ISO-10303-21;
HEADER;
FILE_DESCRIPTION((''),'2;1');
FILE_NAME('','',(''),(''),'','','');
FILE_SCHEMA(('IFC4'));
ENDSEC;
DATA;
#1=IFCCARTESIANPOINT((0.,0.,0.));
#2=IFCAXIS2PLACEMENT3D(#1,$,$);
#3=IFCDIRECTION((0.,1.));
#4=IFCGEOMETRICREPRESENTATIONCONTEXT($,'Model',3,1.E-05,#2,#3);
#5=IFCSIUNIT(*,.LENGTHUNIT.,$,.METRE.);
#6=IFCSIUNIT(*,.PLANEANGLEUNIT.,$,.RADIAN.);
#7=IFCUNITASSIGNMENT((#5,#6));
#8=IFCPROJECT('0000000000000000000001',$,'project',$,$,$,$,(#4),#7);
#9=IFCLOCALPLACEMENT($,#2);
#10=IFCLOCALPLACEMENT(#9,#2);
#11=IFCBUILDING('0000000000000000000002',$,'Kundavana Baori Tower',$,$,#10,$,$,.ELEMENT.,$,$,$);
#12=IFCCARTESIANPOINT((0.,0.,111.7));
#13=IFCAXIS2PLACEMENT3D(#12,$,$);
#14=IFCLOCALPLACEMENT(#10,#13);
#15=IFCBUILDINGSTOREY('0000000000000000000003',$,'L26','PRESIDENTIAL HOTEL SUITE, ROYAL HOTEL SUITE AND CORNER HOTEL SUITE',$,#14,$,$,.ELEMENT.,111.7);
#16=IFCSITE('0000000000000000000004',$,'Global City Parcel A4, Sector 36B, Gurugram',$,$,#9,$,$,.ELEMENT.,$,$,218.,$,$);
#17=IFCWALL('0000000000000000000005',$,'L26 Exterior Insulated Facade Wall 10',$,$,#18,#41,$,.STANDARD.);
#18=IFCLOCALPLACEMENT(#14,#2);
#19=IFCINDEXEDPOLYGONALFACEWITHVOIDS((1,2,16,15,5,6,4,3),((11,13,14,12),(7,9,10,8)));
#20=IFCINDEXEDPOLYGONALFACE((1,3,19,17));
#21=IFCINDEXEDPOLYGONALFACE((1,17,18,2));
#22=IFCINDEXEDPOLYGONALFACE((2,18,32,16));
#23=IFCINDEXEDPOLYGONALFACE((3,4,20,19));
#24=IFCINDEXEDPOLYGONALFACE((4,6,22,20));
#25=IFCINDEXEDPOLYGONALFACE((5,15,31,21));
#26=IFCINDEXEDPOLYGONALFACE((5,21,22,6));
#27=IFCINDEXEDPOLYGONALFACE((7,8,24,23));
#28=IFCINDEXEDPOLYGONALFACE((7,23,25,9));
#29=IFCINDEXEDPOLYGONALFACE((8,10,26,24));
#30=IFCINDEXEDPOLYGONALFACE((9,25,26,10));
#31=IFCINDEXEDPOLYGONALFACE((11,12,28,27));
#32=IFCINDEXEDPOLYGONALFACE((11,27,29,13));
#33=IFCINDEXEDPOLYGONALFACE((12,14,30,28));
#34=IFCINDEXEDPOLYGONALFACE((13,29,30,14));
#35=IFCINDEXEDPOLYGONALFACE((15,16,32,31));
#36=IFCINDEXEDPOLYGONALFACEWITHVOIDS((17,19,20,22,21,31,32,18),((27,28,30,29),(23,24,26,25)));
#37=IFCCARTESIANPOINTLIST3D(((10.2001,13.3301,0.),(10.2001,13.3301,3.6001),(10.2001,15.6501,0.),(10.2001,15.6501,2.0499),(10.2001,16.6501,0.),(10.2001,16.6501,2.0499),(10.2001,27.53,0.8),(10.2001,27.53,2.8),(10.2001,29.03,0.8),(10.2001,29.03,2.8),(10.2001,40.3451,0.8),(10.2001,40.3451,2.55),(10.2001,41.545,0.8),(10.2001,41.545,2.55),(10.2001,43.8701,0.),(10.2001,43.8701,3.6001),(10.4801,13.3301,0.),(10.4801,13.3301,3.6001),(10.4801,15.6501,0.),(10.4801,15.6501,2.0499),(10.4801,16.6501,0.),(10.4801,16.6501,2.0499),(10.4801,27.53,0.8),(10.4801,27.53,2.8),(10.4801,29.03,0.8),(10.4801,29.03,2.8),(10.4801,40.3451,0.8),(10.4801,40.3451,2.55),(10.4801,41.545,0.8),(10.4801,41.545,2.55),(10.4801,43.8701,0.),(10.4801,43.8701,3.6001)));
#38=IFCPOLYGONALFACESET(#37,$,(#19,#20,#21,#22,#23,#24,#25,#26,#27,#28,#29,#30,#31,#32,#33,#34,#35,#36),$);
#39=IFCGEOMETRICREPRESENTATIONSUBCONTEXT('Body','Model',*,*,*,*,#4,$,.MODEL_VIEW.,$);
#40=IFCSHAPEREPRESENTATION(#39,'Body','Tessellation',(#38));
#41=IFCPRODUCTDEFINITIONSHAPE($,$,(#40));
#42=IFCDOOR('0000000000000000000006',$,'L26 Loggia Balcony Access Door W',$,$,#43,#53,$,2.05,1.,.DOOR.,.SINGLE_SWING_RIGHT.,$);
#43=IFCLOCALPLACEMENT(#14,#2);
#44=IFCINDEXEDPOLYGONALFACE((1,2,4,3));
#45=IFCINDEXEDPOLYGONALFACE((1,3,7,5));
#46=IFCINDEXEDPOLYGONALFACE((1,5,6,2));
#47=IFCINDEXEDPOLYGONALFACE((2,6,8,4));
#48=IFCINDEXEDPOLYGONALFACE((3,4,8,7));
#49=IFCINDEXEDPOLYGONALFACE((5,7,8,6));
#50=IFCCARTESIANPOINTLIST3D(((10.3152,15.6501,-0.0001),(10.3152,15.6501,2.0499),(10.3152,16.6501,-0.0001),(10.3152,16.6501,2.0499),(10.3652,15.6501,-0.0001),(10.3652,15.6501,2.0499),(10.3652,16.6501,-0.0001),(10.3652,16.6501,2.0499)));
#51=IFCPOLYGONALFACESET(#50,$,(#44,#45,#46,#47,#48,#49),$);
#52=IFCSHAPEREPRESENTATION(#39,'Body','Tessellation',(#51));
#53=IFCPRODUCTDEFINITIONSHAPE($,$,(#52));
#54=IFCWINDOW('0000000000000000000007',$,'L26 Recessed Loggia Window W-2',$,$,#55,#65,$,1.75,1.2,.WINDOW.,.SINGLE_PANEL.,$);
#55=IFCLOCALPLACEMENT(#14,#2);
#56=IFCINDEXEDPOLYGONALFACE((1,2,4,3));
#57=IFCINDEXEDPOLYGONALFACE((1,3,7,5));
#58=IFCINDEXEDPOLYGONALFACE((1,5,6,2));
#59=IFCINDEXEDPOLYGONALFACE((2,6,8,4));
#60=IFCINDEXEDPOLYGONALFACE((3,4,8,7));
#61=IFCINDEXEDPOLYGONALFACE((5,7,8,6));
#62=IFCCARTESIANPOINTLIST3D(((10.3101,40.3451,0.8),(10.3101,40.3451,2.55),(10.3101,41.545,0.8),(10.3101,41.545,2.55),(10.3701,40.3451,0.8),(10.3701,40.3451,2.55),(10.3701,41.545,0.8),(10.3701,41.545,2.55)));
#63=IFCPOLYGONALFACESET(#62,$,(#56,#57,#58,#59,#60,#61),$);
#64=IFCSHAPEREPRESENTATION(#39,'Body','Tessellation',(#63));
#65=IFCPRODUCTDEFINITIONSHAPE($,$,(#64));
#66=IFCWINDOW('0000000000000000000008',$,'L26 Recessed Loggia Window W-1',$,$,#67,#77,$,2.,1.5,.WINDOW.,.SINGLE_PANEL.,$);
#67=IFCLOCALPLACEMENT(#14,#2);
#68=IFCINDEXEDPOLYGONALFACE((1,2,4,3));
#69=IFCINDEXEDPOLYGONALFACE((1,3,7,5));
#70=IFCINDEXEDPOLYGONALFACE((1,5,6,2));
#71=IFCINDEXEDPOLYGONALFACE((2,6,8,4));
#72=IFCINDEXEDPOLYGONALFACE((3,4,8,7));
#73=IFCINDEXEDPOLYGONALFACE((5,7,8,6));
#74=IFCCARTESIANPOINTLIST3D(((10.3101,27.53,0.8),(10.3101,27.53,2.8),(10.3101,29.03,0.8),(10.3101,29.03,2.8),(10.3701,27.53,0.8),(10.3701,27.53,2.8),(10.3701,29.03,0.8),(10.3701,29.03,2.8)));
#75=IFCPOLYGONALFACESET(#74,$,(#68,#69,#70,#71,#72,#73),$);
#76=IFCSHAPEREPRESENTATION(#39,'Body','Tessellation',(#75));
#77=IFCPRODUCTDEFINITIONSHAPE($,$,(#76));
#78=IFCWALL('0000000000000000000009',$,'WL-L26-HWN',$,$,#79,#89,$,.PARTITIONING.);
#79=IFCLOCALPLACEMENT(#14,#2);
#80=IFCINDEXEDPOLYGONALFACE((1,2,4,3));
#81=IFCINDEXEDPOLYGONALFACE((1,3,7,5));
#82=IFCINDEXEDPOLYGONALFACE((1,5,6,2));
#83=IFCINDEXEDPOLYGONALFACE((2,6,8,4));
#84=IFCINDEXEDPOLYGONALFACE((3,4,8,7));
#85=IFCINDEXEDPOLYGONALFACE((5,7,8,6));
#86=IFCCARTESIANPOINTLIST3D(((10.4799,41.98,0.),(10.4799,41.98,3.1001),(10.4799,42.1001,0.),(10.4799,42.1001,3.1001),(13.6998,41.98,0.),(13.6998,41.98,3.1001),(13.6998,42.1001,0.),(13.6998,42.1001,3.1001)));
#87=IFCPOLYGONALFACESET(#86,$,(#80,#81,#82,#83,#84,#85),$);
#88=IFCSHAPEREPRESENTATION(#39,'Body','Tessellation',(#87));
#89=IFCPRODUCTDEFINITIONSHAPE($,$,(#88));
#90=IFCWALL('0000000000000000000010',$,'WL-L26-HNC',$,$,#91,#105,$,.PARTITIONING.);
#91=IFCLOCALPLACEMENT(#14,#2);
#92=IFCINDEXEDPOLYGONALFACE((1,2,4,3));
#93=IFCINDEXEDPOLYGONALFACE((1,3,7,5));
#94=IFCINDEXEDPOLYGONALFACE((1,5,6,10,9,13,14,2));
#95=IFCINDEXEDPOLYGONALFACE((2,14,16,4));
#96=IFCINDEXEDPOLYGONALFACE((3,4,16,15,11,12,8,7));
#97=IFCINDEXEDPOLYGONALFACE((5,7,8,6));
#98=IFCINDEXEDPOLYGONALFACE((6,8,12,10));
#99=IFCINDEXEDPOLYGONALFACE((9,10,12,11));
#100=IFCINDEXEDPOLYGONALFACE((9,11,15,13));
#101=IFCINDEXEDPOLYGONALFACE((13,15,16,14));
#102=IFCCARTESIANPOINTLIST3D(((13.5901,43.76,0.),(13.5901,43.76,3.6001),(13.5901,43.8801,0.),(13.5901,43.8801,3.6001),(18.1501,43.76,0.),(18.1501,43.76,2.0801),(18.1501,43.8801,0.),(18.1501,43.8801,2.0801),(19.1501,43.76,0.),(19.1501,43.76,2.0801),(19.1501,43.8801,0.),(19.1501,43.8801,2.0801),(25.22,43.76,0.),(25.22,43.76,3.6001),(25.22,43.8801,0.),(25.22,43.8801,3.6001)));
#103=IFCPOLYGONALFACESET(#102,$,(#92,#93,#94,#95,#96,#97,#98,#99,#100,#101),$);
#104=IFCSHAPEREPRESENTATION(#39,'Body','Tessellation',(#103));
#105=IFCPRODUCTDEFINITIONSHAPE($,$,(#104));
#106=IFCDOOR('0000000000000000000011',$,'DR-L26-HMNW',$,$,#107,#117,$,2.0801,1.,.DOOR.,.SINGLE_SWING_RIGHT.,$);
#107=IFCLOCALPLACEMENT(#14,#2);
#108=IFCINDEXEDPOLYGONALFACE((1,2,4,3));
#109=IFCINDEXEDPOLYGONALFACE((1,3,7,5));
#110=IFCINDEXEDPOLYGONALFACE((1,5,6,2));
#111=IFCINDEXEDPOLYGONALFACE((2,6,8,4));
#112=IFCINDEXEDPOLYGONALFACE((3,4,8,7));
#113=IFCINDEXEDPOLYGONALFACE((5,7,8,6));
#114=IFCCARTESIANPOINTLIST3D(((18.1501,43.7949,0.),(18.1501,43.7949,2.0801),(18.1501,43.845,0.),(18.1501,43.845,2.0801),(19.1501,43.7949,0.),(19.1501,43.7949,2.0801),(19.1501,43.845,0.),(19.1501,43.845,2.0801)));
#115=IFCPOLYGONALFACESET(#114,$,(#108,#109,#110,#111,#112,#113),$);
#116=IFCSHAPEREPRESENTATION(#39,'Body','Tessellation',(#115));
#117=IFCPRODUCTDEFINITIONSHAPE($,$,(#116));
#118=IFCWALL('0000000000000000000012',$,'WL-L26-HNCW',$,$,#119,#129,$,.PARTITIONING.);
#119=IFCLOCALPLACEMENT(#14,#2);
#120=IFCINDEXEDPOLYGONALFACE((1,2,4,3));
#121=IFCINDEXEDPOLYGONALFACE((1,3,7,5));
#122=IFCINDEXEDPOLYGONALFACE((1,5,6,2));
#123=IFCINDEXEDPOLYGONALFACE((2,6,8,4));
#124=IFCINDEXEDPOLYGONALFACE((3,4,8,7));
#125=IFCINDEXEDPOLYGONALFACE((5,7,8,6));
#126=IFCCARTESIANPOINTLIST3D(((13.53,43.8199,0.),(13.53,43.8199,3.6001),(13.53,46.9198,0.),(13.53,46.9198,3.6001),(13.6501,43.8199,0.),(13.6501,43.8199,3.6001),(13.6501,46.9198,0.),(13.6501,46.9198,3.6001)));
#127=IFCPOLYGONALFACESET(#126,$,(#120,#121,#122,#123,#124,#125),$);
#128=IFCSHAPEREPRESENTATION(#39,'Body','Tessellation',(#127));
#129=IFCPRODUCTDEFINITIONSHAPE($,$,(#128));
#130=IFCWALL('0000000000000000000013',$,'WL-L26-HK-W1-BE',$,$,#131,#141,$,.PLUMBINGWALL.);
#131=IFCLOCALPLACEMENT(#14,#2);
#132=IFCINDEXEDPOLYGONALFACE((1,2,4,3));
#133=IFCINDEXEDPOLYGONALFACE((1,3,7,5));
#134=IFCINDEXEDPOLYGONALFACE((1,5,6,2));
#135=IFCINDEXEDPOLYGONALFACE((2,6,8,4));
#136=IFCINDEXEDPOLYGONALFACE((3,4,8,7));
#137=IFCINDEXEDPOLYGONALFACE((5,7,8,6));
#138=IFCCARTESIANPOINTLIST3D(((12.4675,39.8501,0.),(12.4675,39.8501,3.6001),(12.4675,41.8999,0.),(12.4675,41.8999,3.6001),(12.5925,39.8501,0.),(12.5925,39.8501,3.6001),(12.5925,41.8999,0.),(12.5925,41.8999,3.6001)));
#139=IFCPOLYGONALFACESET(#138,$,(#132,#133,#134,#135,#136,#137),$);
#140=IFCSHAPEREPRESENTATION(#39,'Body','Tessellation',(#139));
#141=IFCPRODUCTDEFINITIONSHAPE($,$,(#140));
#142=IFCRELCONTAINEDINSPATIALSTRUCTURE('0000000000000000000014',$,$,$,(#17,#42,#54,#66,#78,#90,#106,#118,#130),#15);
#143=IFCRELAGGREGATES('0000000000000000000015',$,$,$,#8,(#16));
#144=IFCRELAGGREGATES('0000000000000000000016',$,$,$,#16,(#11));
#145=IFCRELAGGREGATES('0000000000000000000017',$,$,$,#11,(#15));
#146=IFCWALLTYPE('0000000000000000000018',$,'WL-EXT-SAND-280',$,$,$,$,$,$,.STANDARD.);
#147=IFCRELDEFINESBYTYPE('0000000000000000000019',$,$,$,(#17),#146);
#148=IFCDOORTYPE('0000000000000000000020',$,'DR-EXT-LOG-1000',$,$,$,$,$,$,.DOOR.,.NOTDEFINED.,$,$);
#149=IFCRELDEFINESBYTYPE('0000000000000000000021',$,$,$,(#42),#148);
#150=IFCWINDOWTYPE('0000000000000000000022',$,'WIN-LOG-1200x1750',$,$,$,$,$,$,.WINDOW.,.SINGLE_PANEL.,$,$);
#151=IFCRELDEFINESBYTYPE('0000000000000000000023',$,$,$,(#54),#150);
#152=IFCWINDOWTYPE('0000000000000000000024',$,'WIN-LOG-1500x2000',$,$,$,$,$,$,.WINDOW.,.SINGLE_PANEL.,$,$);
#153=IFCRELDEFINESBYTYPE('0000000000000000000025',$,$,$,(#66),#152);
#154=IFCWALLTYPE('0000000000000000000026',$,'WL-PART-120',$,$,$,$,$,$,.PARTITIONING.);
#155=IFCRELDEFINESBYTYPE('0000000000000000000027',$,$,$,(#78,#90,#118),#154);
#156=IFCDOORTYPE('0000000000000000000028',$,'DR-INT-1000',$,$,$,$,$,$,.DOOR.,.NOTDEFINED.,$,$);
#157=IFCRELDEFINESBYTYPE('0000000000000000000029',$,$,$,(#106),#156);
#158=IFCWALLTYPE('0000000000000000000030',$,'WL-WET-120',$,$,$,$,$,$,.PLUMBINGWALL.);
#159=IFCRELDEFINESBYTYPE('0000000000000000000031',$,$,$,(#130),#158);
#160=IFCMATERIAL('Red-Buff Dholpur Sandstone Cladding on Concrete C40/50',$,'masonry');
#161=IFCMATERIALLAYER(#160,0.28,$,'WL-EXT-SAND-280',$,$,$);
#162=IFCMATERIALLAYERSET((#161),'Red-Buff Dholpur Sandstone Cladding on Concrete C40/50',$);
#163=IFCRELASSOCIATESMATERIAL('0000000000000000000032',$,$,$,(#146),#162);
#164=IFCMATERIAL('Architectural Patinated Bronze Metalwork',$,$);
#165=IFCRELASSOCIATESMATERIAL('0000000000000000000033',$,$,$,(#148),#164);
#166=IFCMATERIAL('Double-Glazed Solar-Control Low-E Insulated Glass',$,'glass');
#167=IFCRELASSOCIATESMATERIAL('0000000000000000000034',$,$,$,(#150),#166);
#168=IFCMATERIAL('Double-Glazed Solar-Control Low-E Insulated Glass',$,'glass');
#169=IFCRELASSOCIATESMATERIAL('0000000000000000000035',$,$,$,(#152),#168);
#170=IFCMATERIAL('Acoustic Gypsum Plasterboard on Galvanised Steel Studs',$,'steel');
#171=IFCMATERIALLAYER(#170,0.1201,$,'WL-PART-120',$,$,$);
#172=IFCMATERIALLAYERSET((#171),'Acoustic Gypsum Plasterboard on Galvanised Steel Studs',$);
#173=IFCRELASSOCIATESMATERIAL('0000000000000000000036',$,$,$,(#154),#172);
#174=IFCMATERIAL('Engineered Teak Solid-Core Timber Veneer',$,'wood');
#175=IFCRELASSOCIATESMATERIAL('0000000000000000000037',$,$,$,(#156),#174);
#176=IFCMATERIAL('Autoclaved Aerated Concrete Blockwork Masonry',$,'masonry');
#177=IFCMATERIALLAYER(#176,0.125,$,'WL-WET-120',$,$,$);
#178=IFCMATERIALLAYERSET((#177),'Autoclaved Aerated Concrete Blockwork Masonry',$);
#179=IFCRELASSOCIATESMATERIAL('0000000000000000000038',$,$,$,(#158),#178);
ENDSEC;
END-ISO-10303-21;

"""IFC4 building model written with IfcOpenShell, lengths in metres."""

from ifc_helpers import new_model, si_unit, direction, frame, frame_2d, origin, place, context, subcontext, project, spatial, rectangle, extrude, material, layer, layer_set, type_object, element, fill, save


model = new_model("IFC4")

# Units and contexts
model_context = context("Model", 3, precision=1e-05, world=origin(), true_north=direction((0.0, 1.0)))
body_context = subcontext(model_context, "Body", "Model", "MODEL_VIEW")
ifc_project = project(units=[si_unit("LENGTHUNIT", "METRE"), si_unit("PLANEANGLEUNIT", "RADIAN")], contexts=[model_context])

# Site, building, storey
site_placement = place(None, origin())
site = spatial("IfcSite", under=ifc_project, at=site_placement, Name="Global City Parcel A4, Sector 36B, Gurugram", CompositionType="ELEMENT", RefElevation=218.0)
building_placement = place(site_placement, origin())
building = spatial("IfcBuilding", under=site, at=building_placement, Name="Kundavana Baori Tower", CompositionType="ELEMENT")
storey_placement = place(building_placement, frame((0.0, 0.0, 111.7)))
storey = spatial("IfcBuildingStorey", under=building, at=storey_placement, Name="L26", Description="PRESIDENTIAL HOTEL SUITE, ROYAL HOTEL SUITE AND CORNER HOTEL SUITE", CompositionType="ELEMENT", Elevation=111.7)

# Shared definitions
ifc_material_1 = material(Name="Red-Buff Dholpur Sandstone Cladding on Concrete C40/50", Category="masonry")
ifc_layer_1 = layer(ifc_material_1, 0.28, Name="WL-EXT-SAND-280")
ifc_layer_set_1 = layer_set([ifc_layer_1], Name="Red-Buff Dholpur Sandstone Cladding on Concrete C40/50")
wall_type_1 = type_object("IfcWallType", Name="WL-EXT-SAND-280", PredefinedType="STANDARD", material=ifc_layer_set_1)

# Wall, openings, door, windows
wall_1_placement = place(storey_placement, frame((10.3401, 43.8701, 0.0), z_axis=(0.0, 0.0, 1.0), x_axis=(0.0, -1.0, 0.0)))
wall_1 = element("IfcWall", 1, at=wall_1_placement, inside=storey, type_object=wall_type_1, Name="L26 Exterior Insulated Facade Wall 10", PredefinedType="STANDARD", context=body_context, shape_type="SweptSolid", body=[
    extrude(rectangle(XDim=30.54, YDim=0.28, at=frame_2d((15.27, 0.0))), origin(), (0.0, 0.0, 1.0), 3.6001),
])
opening_1_placement = place(wall_1_placement, frame((27.22, 0.0, 0.0)))
opening_1 = element("IfcOpeningElement", 2, at=opening_1_placement, cuts=wall_1, PredefinedType="OPENING", context=body_context, shape_type="SweptSolid", body=[
    extrude(rectangle(XDim=1.0, YDim=2.05, at=frame_2d((0.5, 1.0249))), frame((0.0, 0.1499, 0.0), z_axis=(0.0, -1.0, 0.0), x_axis=(1.0, 0.0, 0.0)), (0.0, 0.0, 1.0), 0.3),
])
opening_2_placement = place(wall_1_placement, frame((14.8401, 0.0, 0.8)))
opening_2 = element("IfcOpeningElement", 3, at=opening_2_placement, cuts=wall_1, PredefinedType="OPENING", context=body_context, shape_type="SweptSolid", body=[
    extrude(rectangle(XDim=1.5, YDim=2.0, at=frame_2d((0.75, 1.0))), frame((0.0, 0.1499, 0.0), z_axis=(0.0, -1.0, 0.0), x_axis=(1.0, 0.0, 0.0)), (0.0, 0.0, 1.0), 0.3),
])
opening_3_placement = place(wall_1_placement, frame((2.325, 0.0, 0.8)))
opening_3 = element("IfcOpeningElement", 4, at=opening_3_placement, cuts=wall_1, PredefinedType="OPENING", context=body_context, shape_type="SweptSolid", body=[
    extrude(rectangle(XDim=1.2, YDim=1.75, at=frame_2d((0.6001, 0.875))), frame((0.0, 0.1499, 0.0), z_axis=(0.0, -1.0, 0.0), x_axis=(1.0, 0.0, 0.0)), (0.0, 0.0, 1.0), 0.3),
])
ifc_material_2 = material(Name="Architectural Patinated Bronze Metalwork")
door_type_1 = type_object("IfcDoorType", Name="DR-EXT-LOG-1000", OperationType="NOTDEFINED", PredefinedType="DOOR", material=ifc_material_2)
door_1_placement = place(opening_1_placement, frame((1.0, 0.0, 0.0), z_axis=(0.0, 0.0, 1.0), x_axis=(-1.0, 0.0, 0.0)))
door_1 = element("IfcDoor", 5, at=door_1_placement, inside=storey, type_object=door_type_1, Name="L26 Loggia Balcony Access Door W", OperationType="SINGLE_SWING_RIGHT", OverallHeight=2.05, OverallWidth=1.0, PredefinedType="DOOR", context=body_context, shape_type="SweptSolid", body=[
    extrude(rectangle(XDim=1.0, YDim=2.05, at=frame_2d((0.5, 1.0249))), frame((0.0, 0.0249, 0.0), z_axis=(0.0, -1.0, 0.0), x_axis=(1.0, 0.0, 0.0)), (0.0, 0.0, 1.0), 0.05),
])
fill(opening_1, door_1)
ifc_material_3 = material(Name="Double-Glazed Solar-Control Low-E Insulated Glass", Category="glass")
window_type_1 = type_object("IfcWindowType", Name="WIN-LOG-1200x1750", PartitioningType="SINGLE_PANEL", PredefinedType="WINDOW", material=ifc_material_3)
window_1_placement = place(opening_3_placement, origin())
window_1 = element("IfcWindow", 6, at=window_1_placement, inside=storey, type_object=window_type_1, Name="L26 Recessed Loggia Window W-2", OverallHeight=1.75, OverallWidth=1.2, PartitioningType="SINGLE_PANEL", PredefinedType="WINDOW", context=body_context, shape_type="SweptSolid", body=[
    extrude(rectangle(XDim=1.2, YDim=1.75, at=frame_2d((0.6001, 0.875))), frame((0.0, 0.03, 0.0), z_axis=(0.0, -1.0, 0.0), x_axis=(1.0, 0.0, 0.0)), (0.0, 0.0, 1.0), 0.0601),
])
fill(opening_3, window_1)
ifc_material_4 = material(Name="Double-Glazed Solar-Control Low-E Insulated Glass", Category="glass")
window_type_2 = type_object("IfcWindowType", Name="WIN-LOG-1500x2000", PartitioningType="SINGLE_PANEL", PredefinedType="WINDOW", material=ifc_material_4)
window_2_placement = place(opening_2_placement, origin())
window_2 = element("IfcWindow", 7, at=window_2_placement, inside=storey, type_object=window_type_2, Name="L26 Recessed Loggia Window W-1", OverallHeight=2.0, OverallWidth=1.5, PartitioningType="SINGLE_PANEL", PredefinedType="WINDOW", context=body_context, shape_type="SweptSolid", body=[
    extrude(rectangle(XDim=1.5, YDim=2.0, at=frame_2d((0.75, 1.0))), frame((0.0, 0.03, 0.0), z_axis=(0.0, -1.0, 0.0), x_axis=(1.0, 0.0, 0.0)), (0.0, 0.0, 1.0), 0.0601),
])
fill(opening_2, window_2)

# Wall
ifc_material_5 = material(Name="Acoustic Gypsum Plasterboard on Galvanised Steel Studs", Category="steel")
ifc_layer_2 = layer(ifc_material_5, 0.1201, Name="WL-PART-120")
ifc_layer_set_2 = layer_set([ifc_layer_2], Name="Acoustic Gypsum Plasterboard on Galvanised Steel Studs")
wall_type_2 = type_object("IfcWallType", Name="WL-PART-120", PredefinedType="PARTITIONING", material=ifc_layer_set_2)
wall_2_placement = place(storey_placement, frame((10.48, 42.04, 0.0), z_axis=(0.0, 0.0, 1.0), x_axis=(1.0, 0.0, 0.0)))
element("IfcWall", 8, at=wall_2_placement, inside=storey, type_object=wall_type_2, Name="WL-L26-HWN", PredefinedType="PARTITIONING", context=body_context, shape_type="SweptSolid", body=[
    extrude(rectangle(XDim=3.22, YDim=0.1201, at=frame_2d((1.6099, 0.0))), origin(), (0.0, 0.0, 1.0), 3.1001),
])

# Wall, opening, door
wall_3_placement = place(storey_placement, frame((13.5901, 43.8201, 0.0), z_axis=(0.0, 0.0, 1.0), x_axis=(1.0, 0.0, 0.0)))
wall_3 = element("IfcWall", 9, at=wall_3_placement, inside=storey, type_object=wall_type_2, Name="WL-L26-HNC", PredefinedType="PARTITIONING", context=body_context, shape_type="SweptSolid", body=[
    extrude(rectangle(XDim=11.6299, YDim=0.1201, at=frame_2d((5.8149, 0.0))), origin(), (0.0, 0.0, 1.0), 3.6001),
])
opening_4_placement = place(wall_3_placement, frame((4.5601, 0.0, 0.0)))
opening_4 = element("IfcOpeningElement", 10, at=opening_4_placement, cuts=wall_3, PredefinedType="OPENING", context=body_context, shape_type="SweptSolid", body=[
    extrude(rectangle(XDim=1.0, YDim=2.0801, at=frame_2d((0.5, 1.04))), frame((0.0, 0.0701, 0.0), z_axis=(0.0, -1.0, 0.0), x_axis=(1.0, 0.0, 0.0)), (0.0, 0.0, 1.0), 0.1401),
])
ifc_material_6 = material(Name="Engineered Teak Solid-Core Timber Veneer", Category="wood")
door_type_2 = type_object("IfcDoorType", Name="DR-INT-1000", OperationType="NOTDEFINED", PredefinedType="DOOR", material=ifc_material_6)
door_2_placement = place(opening_4_placement, origin())
door_2 = element("IfcDoor", 11, at=door_2_placement, inside=storey, type_object=door_type_2, Name="DR-L26-HMNW", OperationType="SINGLE_SWING_RIGHT", OverallHeight=2.0801, OverallWidth=1.0, PredefinedType="DOOR", context=body_context, shape_type="SweptSolid", body=[
    extrude(rectangle(XDim=1.0, YDim=2.0801, at=frame_2d((0.5, 1.04))), frame((0.0, 0.0249, 0.0), z_axis=(0.0, -1.0, 0.0), x_axis=(1.0, 0.0, 0.0)), (0.0, 0.0, 1.0), 0.05),
])
fill(opening_4, door_2)

# Walls
wall_4_placement = place(storey_placement, frame((13.5901, 43.8201, 0.0), z_axis=(0.0, 0.0, 1.0), x_axis=(0.0, 1.0, 0.0)))
element("IfcWall", 12, at=wall_4_placement, inside=storey, type_object=wall_type_2, Name="WL-L26-HNCW", PredefinedType="PARTITIONING", context=body_context, shape_type="SweptSolid", body=[
    extrude(rectangle(XDim=3.0999, YDim=0.1201, at=frame_2d((1.5498, 0.0))), origin(), (0.0, 0.0, 1.0), 3.6001),
])
ifc_material_7 = material(Name="Autoclaved Aerated Concrete Blockwork Masonry", Category="masonry")
ifc_layer_3 = layer(ifc_material_7, 0.125, Name="WL-WET-120")
ifc_layer_set_3 = layer_set([ifc_layer_3], Name="Autoclaved Aerated Concrete Blockwork Masonry")
wall_type_3 = type_object("IfcWallType", Name="WL-WET-120", PredefinedType="PLUMBINGWALL", material=ifc_layer_set_3)
wall_5_placement = place(storey_placement, frame((12.53, 39.8501, 0.0), z_axis=(0.0, 0.0, 1.0), x_axis=(0.0, 1.0, 0.0)))
element("IfcWall", 13, at=wall_5_placement, inside=storey, type_object=wall_type_3, Name="WL-L26-HK-W1-BE", PredefinedType="PLUMBINGWALL", context=body_context, shape_type="SweptSolid", body=[
    extrude(rectangle(XDim=2.0498, YDim=0.125, at=frame_2d((1.0249, 0.0))), origin(), (0.0, 0.0, 1.0), 3.6001),
])

save(model, "model.ifc")
